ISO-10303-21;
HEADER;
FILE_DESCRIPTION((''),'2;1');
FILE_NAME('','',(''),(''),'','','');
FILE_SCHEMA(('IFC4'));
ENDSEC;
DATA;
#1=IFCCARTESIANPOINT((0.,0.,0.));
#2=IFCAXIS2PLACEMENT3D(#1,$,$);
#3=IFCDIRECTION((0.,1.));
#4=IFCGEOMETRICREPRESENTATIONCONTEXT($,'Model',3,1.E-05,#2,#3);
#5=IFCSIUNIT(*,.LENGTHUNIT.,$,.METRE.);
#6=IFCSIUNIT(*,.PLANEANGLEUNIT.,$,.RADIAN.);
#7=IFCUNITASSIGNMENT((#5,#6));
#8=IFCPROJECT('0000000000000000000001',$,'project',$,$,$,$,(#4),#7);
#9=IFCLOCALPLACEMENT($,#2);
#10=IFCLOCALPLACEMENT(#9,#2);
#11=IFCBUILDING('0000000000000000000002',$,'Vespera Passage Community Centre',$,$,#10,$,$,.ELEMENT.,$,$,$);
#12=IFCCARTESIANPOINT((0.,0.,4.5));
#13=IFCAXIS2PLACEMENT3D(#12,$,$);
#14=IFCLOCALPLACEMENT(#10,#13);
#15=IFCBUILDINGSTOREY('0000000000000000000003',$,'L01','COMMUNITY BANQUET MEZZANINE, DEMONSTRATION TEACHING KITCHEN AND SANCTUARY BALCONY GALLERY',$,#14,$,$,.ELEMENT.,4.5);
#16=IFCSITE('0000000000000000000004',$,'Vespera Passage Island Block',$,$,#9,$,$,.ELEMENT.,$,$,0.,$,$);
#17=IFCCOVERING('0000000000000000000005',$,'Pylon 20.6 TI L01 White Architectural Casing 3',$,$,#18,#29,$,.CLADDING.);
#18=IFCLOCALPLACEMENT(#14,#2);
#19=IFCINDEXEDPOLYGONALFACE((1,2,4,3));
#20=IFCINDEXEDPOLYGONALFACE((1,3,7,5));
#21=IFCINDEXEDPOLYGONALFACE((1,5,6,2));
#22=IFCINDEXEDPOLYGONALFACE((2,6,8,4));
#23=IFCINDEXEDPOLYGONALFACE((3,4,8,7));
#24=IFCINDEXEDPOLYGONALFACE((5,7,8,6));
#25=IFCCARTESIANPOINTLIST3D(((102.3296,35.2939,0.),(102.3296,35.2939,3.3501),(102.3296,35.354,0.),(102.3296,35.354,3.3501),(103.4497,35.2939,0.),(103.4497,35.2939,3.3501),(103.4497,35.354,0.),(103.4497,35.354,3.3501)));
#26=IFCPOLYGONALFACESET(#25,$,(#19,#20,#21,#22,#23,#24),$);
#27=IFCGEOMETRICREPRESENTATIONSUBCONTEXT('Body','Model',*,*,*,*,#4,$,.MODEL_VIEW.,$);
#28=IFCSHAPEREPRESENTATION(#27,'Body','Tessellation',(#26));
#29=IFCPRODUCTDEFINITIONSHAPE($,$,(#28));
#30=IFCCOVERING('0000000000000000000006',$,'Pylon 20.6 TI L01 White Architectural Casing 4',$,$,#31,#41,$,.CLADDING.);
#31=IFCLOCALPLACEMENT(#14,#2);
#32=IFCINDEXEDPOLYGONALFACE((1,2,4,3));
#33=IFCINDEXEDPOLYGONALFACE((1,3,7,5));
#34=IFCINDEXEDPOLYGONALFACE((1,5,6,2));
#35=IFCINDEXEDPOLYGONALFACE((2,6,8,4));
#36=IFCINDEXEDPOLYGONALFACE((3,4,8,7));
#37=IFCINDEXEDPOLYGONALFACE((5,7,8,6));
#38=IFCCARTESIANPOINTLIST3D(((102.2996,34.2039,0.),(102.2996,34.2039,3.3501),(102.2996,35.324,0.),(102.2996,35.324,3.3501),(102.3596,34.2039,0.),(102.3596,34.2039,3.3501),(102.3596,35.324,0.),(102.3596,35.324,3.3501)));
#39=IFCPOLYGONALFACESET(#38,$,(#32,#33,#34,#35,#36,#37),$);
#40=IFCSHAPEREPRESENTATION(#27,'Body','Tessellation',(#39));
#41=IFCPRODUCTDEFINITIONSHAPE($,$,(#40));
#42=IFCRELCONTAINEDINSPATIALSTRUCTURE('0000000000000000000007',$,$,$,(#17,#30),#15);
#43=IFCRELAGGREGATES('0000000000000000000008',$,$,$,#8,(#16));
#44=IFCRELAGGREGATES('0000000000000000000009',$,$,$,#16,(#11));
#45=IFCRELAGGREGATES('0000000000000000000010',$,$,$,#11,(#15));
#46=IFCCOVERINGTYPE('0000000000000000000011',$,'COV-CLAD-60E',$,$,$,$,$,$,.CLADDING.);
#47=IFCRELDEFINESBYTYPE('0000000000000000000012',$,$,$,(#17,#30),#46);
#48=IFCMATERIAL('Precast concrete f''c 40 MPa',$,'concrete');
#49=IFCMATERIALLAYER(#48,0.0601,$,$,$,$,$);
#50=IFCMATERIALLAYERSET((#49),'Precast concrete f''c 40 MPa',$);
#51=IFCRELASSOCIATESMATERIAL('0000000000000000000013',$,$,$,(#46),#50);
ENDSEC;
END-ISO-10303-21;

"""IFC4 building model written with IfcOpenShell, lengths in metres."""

from ifc_helpers import new_model, si_unit, direction, frame, frame_2d, origin, place, context, subcontext, project, spatial, rectangle, extrude, material, layer, layer_set, type_object, element, save


model = new_model("IFC4")

# Units and contexts
model_context = context("Model", 3, precision=1e-05, world=origin(), true_north=direction((0.0, 1.0)))
body_context = subcontext(model_context, "Body", "Model", "MODEL_VIEW")
ifc_project = project(units=[si_unit("LENGTHUNIT", "METRE"), si_unit("PLANEANGLEUNIT", "RADIAN")], contexts=[model_context])

# Site, building, storey
site_placement = place(None, origin())
site = spatial("IfcSite", under=ifc_project, at=site_placement, Name="Vespera Passage Island Block", CompositionType="ELEMENT", RefElevation=0.0)
building_placement = place(site_placement, origin())
building = spatial("IfcBuilding", under=site, at=building_placement, Name="Vespera Passage Community Centre", CompositionType="ELEMENT")
storey_placement = place(building_placement, frame((0.0, 0.0, 4.5)))
storey = spatial("IfcBuildingStorey", under=building, at=storey_placement, Name="L01", Description="COMMUNITY BANQUET MEZZANINE, DEMONSTRATION TEACHING KITCHEN AND SANCTUARY BALCONY GALLERY", CompositionType="ELEMENT", Elevation=4.5)

# Coverings
ifc_material_1 = material(Name="Precast concrete f'c 40 MPa", Category="concrete")
ifc_layer = layer(ifc_material_1, 0.0601)
ifc_layer_set = layer_set([ifc_layer], Name="Precast concrete f'c 40 MPa")
covering_type = type_object("IfcCoveringType", Name="COV-CLAD-60E", PredefinedType="CLADDING", material=ifc_layer_set)
for number, where, z_axis, x_axis, name in (
    (1, (103.4497, 35.324, 0.0), (0.0, 0.0, 1.0), (-1.0, 0.0, 0.0), "Pylon 20.6 TI L01 White Architectural Casing 3"),
    (2, (102.3296, 35.324, 0.0), (0.0, 0.0, 1.0), (0.0, -1.0, 0.0), "Pylon 20.6 TI L01 White Architectural Casing 4"),
):
    element("IfcCovering", number, at=place(storey_placement, frame(where, z_axis=z_axis, x_axis=x_axis)), inside=storey, type_object=covering_type, Name=name, PredefinedType="CLADDING", context=body_context, shape_type="SweptSolid", body=[
        extrude(rectangle(XDim=1.1201, YDim=0.0601, at=frame_2d((0.5601, 0.0))), origin(), (0.0, 0.0, 1.0), 3.3501),
    ])

save(model, "model.ifc")
